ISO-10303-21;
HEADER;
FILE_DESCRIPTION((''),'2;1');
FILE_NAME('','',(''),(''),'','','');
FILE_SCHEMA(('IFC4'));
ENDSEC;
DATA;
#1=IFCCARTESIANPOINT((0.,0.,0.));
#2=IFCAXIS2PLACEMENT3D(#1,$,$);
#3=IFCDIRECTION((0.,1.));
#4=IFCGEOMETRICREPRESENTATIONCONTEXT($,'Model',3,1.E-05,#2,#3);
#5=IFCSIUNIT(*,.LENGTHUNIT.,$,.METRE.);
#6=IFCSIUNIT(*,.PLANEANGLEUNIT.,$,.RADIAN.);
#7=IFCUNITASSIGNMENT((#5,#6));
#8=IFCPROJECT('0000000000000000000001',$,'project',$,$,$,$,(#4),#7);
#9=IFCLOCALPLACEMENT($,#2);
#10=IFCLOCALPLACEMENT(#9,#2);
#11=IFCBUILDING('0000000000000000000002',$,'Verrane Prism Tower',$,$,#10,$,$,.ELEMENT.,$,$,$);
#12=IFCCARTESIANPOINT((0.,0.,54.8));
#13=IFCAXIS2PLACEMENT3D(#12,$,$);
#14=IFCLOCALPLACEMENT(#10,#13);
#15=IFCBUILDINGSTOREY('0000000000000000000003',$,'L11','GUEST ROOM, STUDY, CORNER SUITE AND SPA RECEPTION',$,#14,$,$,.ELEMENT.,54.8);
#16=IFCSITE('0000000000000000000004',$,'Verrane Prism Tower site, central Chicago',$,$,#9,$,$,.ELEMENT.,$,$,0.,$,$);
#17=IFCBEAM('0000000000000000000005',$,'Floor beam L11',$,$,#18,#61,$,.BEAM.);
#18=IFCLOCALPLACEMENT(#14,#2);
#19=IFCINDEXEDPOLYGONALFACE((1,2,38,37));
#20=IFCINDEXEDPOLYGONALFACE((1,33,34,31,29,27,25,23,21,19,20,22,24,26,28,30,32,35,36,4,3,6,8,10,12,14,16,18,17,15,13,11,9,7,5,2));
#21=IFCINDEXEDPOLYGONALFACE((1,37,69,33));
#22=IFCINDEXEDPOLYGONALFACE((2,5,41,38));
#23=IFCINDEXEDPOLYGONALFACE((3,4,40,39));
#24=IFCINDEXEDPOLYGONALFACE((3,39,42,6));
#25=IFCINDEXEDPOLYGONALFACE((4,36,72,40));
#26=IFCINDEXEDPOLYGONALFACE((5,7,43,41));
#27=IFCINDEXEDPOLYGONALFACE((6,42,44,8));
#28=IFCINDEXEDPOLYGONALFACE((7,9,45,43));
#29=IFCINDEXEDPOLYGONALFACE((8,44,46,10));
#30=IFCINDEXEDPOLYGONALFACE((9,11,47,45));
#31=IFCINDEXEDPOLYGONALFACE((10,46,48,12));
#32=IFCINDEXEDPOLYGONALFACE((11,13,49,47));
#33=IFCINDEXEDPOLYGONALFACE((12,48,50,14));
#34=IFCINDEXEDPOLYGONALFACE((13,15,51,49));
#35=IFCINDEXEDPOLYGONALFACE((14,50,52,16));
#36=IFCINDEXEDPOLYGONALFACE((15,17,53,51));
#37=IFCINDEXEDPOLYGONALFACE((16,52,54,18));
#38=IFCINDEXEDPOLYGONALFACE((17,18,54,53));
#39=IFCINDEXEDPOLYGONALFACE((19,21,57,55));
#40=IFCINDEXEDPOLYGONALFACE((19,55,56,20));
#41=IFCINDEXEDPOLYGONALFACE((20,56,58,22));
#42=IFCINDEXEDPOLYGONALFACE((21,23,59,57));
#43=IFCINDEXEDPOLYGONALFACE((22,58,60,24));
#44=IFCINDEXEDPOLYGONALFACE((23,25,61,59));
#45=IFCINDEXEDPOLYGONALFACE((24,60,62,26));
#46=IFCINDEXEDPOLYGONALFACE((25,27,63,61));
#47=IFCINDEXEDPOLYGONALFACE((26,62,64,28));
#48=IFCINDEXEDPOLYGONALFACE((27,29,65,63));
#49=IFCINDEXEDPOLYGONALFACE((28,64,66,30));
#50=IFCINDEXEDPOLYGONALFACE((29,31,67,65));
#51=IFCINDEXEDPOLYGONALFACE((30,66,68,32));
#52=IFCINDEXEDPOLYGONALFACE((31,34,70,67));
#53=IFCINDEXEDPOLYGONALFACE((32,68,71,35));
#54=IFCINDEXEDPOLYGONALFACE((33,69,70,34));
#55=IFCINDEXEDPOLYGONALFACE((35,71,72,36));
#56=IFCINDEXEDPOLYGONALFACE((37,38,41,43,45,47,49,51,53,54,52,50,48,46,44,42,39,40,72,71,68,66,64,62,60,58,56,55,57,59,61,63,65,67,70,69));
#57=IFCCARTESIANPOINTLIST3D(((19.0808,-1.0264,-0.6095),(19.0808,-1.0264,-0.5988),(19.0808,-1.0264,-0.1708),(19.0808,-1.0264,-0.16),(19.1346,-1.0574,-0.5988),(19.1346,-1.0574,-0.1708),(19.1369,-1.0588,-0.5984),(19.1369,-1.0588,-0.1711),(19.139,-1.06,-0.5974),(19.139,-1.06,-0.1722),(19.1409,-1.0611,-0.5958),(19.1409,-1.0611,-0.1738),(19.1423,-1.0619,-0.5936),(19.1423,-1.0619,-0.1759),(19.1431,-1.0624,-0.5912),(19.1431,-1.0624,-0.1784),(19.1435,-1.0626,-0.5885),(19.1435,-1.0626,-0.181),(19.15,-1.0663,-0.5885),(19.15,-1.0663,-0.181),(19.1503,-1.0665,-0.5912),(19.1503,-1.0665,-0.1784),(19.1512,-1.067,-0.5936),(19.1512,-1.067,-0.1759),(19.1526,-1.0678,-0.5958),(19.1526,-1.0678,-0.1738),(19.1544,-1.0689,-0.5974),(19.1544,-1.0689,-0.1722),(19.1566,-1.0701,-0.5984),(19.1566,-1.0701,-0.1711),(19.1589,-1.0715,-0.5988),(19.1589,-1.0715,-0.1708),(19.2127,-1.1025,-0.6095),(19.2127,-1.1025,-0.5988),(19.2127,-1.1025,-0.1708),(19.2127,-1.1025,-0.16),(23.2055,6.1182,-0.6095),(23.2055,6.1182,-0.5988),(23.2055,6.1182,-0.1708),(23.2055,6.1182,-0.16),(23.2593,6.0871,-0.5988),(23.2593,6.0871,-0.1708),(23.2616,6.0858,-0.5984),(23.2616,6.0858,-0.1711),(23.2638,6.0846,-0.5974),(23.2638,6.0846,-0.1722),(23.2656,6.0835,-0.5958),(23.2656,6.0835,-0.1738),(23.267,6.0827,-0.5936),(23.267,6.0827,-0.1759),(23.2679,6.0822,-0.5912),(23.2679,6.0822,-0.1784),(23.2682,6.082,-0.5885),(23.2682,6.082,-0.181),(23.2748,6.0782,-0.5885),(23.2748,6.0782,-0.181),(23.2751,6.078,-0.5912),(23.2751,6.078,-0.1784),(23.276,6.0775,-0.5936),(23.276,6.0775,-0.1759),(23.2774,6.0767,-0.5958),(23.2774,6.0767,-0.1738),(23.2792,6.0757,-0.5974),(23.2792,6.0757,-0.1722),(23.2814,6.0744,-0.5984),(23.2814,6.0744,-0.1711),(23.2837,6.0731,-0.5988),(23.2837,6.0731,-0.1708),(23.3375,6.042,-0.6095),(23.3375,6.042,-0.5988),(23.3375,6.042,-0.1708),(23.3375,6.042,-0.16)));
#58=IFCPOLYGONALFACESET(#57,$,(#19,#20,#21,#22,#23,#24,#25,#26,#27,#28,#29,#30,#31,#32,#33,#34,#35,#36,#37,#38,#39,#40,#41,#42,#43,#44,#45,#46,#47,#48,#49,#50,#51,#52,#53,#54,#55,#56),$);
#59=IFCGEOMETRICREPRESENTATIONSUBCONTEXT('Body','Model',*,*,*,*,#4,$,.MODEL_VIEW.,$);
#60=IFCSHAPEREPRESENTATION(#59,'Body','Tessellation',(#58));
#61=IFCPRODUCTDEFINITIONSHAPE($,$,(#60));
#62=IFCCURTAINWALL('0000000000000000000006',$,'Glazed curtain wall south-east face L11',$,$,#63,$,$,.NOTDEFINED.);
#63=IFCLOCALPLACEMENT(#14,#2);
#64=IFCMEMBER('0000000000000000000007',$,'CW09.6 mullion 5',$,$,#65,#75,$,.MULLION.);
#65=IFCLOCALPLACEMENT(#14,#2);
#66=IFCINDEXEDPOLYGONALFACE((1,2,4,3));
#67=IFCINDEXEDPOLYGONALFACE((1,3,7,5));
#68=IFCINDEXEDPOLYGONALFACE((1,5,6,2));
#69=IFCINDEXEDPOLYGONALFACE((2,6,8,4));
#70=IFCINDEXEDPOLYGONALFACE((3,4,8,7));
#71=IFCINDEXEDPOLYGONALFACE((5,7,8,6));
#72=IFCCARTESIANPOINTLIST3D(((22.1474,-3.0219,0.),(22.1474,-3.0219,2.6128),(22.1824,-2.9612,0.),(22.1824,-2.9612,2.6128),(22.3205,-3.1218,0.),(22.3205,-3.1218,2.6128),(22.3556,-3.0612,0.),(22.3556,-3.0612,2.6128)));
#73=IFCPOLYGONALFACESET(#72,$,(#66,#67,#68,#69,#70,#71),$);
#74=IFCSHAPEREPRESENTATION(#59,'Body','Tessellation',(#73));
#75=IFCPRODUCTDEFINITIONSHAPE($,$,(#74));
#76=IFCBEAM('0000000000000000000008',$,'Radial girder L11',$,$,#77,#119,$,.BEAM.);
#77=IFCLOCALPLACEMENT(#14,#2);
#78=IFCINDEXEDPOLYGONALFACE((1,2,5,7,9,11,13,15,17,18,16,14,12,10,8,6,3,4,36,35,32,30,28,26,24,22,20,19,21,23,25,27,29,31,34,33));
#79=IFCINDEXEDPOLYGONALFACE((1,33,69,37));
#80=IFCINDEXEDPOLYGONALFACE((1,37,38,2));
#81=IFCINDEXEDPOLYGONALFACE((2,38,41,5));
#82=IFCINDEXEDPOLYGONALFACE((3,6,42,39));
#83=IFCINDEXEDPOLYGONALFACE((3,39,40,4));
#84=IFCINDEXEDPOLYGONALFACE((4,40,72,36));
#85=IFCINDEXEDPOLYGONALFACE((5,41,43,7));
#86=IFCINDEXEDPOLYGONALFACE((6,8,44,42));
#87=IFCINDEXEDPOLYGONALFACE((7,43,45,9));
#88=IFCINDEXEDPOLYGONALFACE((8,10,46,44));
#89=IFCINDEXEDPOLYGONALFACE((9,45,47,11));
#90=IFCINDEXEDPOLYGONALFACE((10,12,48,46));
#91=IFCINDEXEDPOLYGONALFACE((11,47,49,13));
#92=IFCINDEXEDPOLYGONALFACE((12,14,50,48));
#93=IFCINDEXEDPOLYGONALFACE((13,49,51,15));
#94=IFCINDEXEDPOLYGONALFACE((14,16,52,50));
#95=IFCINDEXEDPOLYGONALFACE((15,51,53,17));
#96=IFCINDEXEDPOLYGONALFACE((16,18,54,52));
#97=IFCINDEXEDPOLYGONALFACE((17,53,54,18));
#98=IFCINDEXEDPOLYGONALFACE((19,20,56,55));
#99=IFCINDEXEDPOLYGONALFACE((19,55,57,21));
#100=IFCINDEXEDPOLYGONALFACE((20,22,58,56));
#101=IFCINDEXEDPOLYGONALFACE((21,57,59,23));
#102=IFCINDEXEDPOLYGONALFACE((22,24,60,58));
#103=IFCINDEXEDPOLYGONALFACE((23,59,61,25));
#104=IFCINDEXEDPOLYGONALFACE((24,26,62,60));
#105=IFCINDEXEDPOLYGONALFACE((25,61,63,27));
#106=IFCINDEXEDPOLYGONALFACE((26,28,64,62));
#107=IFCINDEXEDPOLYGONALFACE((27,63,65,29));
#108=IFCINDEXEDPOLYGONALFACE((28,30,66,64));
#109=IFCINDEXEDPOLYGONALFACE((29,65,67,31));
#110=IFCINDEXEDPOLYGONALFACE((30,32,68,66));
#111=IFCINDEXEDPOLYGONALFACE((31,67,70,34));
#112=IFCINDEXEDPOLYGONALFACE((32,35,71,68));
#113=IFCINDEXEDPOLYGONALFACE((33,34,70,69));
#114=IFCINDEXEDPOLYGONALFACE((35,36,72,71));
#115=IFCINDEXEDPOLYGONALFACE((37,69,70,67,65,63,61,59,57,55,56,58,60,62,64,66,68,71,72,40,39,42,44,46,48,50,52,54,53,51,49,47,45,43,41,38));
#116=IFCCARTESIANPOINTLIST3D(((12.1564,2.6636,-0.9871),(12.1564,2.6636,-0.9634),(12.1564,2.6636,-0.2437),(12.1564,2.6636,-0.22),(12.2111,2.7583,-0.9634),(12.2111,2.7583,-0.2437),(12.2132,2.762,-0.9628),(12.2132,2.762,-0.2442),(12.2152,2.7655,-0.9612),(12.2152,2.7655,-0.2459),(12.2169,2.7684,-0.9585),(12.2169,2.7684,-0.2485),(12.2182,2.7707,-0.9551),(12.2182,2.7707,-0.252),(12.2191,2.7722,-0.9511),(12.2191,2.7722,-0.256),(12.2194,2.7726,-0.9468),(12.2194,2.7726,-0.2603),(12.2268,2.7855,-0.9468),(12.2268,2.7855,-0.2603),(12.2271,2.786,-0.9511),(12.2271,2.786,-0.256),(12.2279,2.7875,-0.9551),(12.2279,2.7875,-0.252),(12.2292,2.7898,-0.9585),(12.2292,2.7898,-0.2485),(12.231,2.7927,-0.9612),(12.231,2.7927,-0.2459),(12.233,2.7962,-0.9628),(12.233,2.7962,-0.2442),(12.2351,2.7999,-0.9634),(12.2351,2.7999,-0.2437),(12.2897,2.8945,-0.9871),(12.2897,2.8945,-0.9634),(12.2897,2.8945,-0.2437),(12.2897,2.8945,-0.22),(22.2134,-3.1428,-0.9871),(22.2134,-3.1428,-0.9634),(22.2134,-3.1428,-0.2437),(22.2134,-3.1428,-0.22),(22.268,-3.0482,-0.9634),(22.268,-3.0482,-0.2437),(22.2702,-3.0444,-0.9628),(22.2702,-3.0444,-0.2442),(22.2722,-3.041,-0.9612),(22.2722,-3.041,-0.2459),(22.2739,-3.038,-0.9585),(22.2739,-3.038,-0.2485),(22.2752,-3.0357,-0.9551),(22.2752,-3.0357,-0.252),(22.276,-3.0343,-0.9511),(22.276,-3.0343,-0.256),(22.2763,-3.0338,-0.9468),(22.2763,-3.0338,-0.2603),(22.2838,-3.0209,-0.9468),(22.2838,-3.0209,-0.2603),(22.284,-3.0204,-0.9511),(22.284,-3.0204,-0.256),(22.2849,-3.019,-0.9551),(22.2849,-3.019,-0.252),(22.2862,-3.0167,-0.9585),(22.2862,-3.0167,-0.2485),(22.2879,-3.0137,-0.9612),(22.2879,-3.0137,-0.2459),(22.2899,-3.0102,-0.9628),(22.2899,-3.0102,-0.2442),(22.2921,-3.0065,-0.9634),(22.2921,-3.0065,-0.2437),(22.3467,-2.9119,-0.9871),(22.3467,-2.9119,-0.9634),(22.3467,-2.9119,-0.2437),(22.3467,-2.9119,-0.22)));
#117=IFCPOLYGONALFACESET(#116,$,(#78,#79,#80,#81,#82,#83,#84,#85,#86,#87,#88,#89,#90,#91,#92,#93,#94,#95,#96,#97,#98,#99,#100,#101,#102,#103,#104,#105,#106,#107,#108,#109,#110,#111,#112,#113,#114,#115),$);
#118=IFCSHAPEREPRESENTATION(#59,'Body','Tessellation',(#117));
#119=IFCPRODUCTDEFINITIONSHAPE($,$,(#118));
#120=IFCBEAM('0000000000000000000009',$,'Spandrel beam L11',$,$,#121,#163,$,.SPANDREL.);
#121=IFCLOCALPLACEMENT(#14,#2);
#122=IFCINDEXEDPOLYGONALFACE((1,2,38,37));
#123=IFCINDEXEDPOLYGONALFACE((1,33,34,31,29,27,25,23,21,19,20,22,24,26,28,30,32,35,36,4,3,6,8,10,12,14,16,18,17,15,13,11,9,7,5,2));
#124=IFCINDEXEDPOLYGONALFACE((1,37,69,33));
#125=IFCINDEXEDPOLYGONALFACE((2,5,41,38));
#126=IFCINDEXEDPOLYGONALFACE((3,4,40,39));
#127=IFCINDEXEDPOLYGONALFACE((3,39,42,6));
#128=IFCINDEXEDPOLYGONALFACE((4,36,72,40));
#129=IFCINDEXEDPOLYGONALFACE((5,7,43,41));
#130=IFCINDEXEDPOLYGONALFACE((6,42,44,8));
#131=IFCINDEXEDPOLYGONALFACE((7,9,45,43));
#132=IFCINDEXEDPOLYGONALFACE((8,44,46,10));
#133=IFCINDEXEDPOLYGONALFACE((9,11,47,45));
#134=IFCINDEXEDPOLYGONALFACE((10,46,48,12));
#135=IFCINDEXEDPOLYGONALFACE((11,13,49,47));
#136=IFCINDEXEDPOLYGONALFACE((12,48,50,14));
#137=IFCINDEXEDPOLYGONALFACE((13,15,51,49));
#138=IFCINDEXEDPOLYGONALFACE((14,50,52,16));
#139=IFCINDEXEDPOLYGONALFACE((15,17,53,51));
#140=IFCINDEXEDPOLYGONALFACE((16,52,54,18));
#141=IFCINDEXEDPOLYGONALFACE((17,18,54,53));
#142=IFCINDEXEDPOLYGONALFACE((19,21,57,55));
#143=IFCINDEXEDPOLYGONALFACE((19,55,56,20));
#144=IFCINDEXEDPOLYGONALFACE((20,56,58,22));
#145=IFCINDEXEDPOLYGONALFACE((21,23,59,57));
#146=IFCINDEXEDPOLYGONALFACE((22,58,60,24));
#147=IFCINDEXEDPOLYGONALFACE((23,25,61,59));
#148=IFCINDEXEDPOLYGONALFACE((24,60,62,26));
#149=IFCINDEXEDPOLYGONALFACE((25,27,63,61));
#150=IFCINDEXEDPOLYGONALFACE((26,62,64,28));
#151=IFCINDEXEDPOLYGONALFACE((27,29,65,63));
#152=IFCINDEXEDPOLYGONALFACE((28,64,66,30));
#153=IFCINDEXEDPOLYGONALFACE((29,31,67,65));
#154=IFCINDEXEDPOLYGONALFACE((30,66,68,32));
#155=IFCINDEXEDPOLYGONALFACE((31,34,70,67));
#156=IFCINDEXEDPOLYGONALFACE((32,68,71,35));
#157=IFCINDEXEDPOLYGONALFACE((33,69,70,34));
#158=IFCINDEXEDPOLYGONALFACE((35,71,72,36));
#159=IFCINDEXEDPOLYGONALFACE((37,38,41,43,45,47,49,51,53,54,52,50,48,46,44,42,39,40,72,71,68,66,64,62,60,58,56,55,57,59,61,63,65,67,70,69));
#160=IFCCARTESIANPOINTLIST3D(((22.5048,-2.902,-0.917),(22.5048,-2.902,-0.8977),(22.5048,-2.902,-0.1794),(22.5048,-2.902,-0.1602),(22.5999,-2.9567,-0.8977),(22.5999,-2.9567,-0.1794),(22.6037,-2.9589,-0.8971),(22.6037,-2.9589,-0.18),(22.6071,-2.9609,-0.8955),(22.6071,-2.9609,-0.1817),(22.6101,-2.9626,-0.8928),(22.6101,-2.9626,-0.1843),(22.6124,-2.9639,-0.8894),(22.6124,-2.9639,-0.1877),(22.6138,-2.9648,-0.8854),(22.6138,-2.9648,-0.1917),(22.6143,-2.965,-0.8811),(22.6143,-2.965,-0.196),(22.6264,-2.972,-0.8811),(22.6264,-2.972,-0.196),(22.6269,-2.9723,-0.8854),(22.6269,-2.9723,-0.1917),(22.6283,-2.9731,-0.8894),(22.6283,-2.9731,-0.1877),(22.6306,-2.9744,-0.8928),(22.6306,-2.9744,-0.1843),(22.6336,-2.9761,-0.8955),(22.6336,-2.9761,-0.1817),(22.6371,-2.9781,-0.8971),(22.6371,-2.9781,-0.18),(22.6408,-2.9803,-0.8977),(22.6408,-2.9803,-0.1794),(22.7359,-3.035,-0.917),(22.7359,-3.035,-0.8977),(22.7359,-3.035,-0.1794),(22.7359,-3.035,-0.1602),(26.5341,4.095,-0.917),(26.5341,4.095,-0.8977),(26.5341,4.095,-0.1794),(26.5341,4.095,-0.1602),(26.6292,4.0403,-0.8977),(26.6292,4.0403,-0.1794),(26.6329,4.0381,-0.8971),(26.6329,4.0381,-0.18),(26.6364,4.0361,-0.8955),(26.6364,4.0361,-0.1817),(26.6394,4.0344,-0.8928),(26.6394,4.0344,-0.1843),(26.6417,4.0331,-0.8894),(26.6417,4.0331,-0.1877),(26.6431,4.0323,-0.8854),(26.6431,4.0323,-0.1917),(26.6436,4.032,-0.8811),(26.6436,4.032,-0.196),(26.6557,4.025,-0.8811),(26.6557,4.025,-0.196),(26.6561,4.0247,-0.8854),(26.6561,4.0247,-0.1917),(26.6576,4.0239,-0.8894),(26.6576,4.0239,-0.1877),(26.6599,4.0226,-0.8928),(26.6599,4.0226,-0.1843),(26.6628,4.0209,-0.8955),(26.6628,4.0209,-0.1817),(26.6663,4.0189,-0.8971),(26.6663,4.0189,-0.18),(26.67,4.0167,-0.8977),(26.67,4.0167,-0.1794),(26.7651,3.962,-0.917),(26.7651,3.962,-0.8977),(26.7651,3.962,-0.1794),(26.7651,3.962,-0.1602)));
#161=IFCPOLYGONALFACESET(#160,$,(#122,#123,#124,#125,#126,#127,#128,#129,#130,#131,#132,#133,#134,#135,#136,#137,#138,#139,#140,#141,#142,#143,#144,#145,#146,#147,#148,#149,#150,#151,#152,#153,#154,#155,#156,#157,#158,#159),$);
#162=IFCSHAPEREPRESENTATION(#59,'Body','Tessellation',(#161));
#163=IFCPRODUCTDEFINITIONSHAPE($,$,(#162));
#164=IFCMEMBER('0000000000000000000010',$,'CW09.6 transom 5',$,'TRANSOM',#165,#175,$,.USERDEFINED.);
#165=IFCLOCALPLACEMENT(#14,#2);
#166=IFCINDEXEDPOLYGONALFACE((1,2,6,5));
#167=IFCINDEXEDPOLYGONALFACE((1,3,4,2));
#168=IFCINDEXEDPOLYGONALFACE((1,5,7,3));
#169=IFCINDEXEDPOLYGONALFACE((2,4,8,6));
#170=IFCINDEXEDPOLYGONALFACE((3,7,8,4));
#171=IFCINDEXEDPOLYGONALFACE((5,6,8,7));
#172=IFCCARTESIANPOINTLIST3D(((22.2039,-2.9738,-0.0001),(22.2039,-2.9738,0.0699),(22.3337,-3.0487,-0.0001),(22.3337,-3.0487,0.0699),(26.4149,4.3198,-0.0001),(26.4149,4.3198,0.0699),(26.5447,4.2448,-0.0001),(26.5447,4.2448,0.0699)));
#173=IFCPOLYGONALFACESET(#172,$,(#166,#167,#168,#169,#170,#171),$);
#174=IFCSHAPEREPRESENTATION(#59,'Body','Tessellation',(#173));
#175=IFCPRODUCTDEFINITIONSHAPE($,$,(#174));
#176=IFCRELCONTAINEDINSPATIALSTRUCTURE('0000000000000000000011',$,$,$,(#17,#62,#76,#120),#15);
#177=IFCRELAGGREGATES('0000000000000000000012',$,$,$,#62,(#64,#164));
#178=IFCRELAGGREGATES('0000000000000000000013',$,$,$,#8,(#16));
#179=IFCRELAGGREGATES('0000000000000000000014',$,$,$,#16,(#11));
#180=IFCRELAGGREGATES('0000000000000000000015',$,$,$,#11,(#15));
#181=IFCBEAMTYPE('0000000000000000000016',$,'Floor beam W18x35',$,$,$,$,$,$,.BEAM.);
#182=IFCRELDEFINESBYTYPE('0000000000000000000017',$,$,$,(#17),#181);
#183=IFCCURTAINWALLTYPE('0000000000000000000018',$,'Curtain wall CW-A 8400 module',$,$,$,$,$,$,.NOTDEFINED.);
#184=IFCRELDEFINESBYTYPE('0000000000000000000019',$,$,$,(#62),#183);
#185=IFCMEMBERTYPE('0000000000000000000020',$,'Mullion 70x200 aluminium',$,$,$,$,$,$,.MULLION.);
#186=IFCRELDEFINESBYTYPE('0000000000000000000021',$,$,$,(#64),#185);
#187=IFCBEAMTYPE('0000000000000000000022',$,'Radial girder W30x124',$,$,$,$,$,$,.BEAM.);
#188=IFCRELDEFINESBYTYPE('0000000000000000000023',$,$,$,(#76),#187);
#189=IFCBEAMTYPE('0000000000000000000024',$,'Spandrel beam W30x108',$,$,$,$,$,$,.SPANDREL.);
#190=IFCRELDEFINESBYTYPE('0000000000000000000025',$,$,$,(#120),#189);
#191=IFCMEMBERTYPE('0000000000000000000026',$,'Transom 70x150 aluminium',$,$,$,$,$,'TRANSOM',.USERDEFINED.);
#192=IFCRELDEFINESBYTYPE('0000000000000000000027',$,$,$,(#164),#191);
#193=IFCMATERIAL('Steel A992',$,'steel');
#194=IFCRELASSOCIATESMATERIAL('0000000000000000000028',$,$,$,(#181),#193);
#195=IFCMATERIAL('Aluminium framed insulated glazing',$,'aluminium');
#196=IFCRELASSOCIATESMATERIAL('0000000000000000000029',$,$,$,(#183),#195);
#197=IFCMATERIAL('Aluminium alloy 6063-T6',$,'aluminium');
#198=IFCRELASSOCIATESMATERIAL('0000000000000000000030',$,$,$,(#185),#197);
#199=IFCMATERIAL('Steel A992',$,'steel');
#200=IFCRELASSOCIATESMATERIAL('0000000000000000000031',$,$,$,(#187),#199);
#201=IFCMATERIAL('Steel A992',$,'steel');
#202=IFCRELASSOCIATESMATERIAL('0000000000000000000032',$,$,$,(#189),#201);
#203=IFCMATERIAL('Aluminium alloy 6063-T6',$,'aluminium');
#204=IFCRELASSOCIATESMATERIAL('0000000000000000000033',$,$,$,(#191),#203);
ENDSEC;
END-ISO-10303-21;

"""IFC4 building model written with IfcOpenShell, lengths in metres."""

from ifc_helpers import new_model, si_unit, direction, frame, origin, origin_2d, place, context, subcontext, project, spatial, rectangle, i_section, extrude, material, material_profile, profile_set, type_object, element, aggregate, save


model = new_model("IFC4")

# Units and contexts
model_context = context("Model", 3, precision=1e-05, world=origin(), true_north=direction((0.0, 1.0)))
body_context = subcontext(model_context, "Body", "Model", "MODEL_VIEW")
ifc_project = project(units=[si_unit("LENGTHUNIT", "METRE"), si_unit("PLANEANGLEUNIT", "RADIAN")], contexts=[model_context])

# Site, building, storey
site_placement = place(None, origin())
site = spatial("IfcSite", under=ifc_project, at=site_placement, Name="Verrane Prism Tower site, central Chicago", CompositionType="ELEMENT", RefElevation=0.0)
building_placement = place(site_placement, origin())
building = spatial("IfcBuilding", under=site, at=building_placement, Name="Verrane Prism Tower", CompositionType="ELEMENT")
storey_placement = place(building_placement, frame((0.0, 0.0, 54.8)))
storey = spatial("IfcBuildingStorey", under=building, at=storey_placement, Name="L11", Description="GUEST ROOM, STUDY, CORNER SUITE AND SPA RECEPTION", CompositionType="ELEMENT", Elevation=54.8)

# Beam
ifc_material_1 = material(Name="Steel A992", Category="steel")
ifc_material_profile_1 = material_profile(ifc_material_1, i_section(OverallWidth=0.1523, OverallDepth=0.4495, WebThickness=0.0076, FlangeThickness=0.0107, FilletRadius=0.0103, at=origin_2d()), Name="W18x35")
ifc_profile_set_1 = profile_set([ifc_material_profile_1], Name="Steel A992")
beam_type_1 = type_object("IfcBeamType", Name="Floor beam W18x35", PredefinedType="BEAM", material=ifc_profile_set_1)
beam_1_placement = place(storey_placement, frame((19.1467, -1.0645, -0.3848), z_axis=(0.499987, 0.866033, 0.0), x_axis=(-0.866033, 0.499987, 0.0)))
element("IfcBeam", 1, at=beam_1_placement, inside=storey, type_object=beam_type_1, Name="Floor beam L11", PredefinedType="BEAM", context=body_context, shape_type="SweptSolid", body=[
    extrude(i_section(OverallWidth=0.1523, OverallDepth=0.4495, WebThickness=0.0076, FlangeThickness=0.0107, FilletRadius=0.0103, at=origin_2d()), origin(), (0.0, 0.0, 1.0), 8.2498),
])

# Curtain wall, member
ifc_material_2 = material(Name="Aluminium framed insulated glazing", Category="aluminium")
curtain_wall_type = type_object("IfcCurtainWallType", Name="Curtain wall CW-A 8400 module", PredefinedType="NOTDEFINED", material=ifc_material_2)
curtain_wall_placement = place(storey_placement, origin())
curtain_wall = element("IfcCurtainWall", 2, at=curtain_wall_placement, inside=storey, type_object=curtain_wall_type, Name="Glazed curtain wall south-east face L11", PredefinedType="NOTDEFINED")
ifc_material_3 = material(Name="Aluminium alloy 6063-T6", Category="aluminium")
ifc_material_profile_2 = material_profile(ifc_material_3, rectangle(XDim=0.2, YDim=0.0701, at=origin_2d()), Name="Mullion 70x200 aluminium")
ifc_profile_set_2 = profile_set([ifc_material_profile_2], Name="Aluminium alloy 6063-T6")
member_type_1 = type_object("IfcMemberType", Name="Mullion 70x200 aluminium", PredefinedType="MULLION", material=ifc_profile_set_2)
member_1_placement = place(storey_placement, frame((22.2515, -3.0415, 0.0), z_axis=(0.0, 0.0, 1.0), x_axis=(-0.866026, 0.499999, 0.0)))
member_1 = element("IfcMember", 3, at=member_1_placement, type_object=member_type_1, Name="CW09.6 mullion 5", PredefinedType="MULLION", context=body_context, shape_type="SweptSolid", body=[
    extrude(rectangle(XDim=0.2, YDim=0.0701, at=origin_2d()), origin(), (0.0, 0.0, 1.0), 2.6128),
])

# Beams
ifc_material_4 = material(Name="Steel A992", Category="steel")
ifc_material_profile_3 = material_profile(ifc_material_4, i_section(OverallWidth=0.2666, OverallDepth=0.7671, WebThickness=0.0149, FlangeThickness=0.0237, FilletRadius=0.0166, at=origin_2d()), Name="W30x124")
ifc_profile_set_3 = profile_set([ifc_material_profile_3], Name="Steel A992")
beam_type_2 = type_object("IfcBeamType", Name="Radial girder W30x124", PredefinedType="BEAM", material=ifc_profile_set_3)
beam_2_placement = place(storey_placement, frame((22.28, -3.0273, -0.6035), z_axis=(-0.866023, 0.500003, 0.0), x_axis=(-0.500003, -0.866023, 0.0)))
element("IfcBeam", 4, at=beam_2_placement, inside=storey, type_object=beam_type_2, Name="Radial girder L11", PredefinedType="BEAM", context=body_context, shape_type="SweptSolid", body=[
    extrude(i_section(OverallWidth=0.2666, OverallDepth=0.7671, WebThickness=0.0149, FlangeThickness=0.0237, FilletRadius=0.0166, at=origin_2d()), origin(), (0.0, 0.0, 1.0), 11.6128),
])
ifc_material_5 = material(Name="Steel A992", Category="steel")
ifc_material_profile_4 = material_profile(ifc_material_5, i_section(OverallWidth=0.2666, OverallDepth=0.7568, WebThickness=0.0139, FlangeThickness=0.0193, FilletRadius=0.0166, at=origin_2d()), Name="W30x108")
ifc_profile_set_4 = profile_set([ifc_material_profile_4], Name="Steel A992")
beam_type_3 = type_object("IfcBeamType", Name="Spandrel beam W30x108", PredefinedType="SPANDREL", material=ifc_profile_set_4)
beam_3_placement = place(storey_placement, frame((22.6204, -2.9685, -0.5386), z_axis=(0.499028, 0.866586, 0.0), x_axis=(-0.866586, 0.499028, 0.0)))
element("IfcBeam", 5, at=beam_3_placement, inside=storey, type_object=beam_type_3, Name="Spandrel beam L11", PredefinedType="SPANDREL", context=body_context, shape_type="SweptSolid", body=[
    extrude(i_section(OverallWidth=0.2666, OverallDepth=0.7568, WebThickness=0.0139, FlangeThickness=0.0193, FilletRadius=0.0166, at=origin_2d()), origin(), (0.0, 0.0, 1.0), 8.0742),
])

# Member
ifc_material_6 = material(Name="Aluminium alloy 6063-T6", Category="aluminium")
ifc_material_profile_5 = material_profile(ifc_material_6, rectangle(XDim=0.1499, YDim=0.0701, at=origin_2d()), Name="Transom 70x150 aluminium")
ifc_profile_set_5 = profile_set([ifc_material_profile_5], Name="Aluminium alloy 6063-T6")
member_type_2 = type_object("IfcMemberType", Name="Transom 70x150 aluminium", ElementType="TRANSOM", PredefinedType="USERDEFINED", material=ifc_profile_set_5)
member_2_placement = place(storey_placement, frame((22.2688, -3.0112, 0.0349), z_axis=(0.500005, 0.866022, 0.0), x_axis=(-0.866022, 0.500005, 0.0)))
member_2 = element("IfcMember", 6, at=member_2_placement, type_object=member_type_2, Name="CW09.6 transom 5", ObjectType="TRANSOM", PredefinedType="USERDEFINED", context=body_context, shape_type="SweptSolid", body=[
    extrude(rectangle(XDim=0.1499, YDim=0.0701, at=origin_2d()), origin(), (0.0, 0.0, 1.0), 8.4219),
])

aggregate(curtain_wall, [member_1, member_2])

save(model, "model.ifc")
